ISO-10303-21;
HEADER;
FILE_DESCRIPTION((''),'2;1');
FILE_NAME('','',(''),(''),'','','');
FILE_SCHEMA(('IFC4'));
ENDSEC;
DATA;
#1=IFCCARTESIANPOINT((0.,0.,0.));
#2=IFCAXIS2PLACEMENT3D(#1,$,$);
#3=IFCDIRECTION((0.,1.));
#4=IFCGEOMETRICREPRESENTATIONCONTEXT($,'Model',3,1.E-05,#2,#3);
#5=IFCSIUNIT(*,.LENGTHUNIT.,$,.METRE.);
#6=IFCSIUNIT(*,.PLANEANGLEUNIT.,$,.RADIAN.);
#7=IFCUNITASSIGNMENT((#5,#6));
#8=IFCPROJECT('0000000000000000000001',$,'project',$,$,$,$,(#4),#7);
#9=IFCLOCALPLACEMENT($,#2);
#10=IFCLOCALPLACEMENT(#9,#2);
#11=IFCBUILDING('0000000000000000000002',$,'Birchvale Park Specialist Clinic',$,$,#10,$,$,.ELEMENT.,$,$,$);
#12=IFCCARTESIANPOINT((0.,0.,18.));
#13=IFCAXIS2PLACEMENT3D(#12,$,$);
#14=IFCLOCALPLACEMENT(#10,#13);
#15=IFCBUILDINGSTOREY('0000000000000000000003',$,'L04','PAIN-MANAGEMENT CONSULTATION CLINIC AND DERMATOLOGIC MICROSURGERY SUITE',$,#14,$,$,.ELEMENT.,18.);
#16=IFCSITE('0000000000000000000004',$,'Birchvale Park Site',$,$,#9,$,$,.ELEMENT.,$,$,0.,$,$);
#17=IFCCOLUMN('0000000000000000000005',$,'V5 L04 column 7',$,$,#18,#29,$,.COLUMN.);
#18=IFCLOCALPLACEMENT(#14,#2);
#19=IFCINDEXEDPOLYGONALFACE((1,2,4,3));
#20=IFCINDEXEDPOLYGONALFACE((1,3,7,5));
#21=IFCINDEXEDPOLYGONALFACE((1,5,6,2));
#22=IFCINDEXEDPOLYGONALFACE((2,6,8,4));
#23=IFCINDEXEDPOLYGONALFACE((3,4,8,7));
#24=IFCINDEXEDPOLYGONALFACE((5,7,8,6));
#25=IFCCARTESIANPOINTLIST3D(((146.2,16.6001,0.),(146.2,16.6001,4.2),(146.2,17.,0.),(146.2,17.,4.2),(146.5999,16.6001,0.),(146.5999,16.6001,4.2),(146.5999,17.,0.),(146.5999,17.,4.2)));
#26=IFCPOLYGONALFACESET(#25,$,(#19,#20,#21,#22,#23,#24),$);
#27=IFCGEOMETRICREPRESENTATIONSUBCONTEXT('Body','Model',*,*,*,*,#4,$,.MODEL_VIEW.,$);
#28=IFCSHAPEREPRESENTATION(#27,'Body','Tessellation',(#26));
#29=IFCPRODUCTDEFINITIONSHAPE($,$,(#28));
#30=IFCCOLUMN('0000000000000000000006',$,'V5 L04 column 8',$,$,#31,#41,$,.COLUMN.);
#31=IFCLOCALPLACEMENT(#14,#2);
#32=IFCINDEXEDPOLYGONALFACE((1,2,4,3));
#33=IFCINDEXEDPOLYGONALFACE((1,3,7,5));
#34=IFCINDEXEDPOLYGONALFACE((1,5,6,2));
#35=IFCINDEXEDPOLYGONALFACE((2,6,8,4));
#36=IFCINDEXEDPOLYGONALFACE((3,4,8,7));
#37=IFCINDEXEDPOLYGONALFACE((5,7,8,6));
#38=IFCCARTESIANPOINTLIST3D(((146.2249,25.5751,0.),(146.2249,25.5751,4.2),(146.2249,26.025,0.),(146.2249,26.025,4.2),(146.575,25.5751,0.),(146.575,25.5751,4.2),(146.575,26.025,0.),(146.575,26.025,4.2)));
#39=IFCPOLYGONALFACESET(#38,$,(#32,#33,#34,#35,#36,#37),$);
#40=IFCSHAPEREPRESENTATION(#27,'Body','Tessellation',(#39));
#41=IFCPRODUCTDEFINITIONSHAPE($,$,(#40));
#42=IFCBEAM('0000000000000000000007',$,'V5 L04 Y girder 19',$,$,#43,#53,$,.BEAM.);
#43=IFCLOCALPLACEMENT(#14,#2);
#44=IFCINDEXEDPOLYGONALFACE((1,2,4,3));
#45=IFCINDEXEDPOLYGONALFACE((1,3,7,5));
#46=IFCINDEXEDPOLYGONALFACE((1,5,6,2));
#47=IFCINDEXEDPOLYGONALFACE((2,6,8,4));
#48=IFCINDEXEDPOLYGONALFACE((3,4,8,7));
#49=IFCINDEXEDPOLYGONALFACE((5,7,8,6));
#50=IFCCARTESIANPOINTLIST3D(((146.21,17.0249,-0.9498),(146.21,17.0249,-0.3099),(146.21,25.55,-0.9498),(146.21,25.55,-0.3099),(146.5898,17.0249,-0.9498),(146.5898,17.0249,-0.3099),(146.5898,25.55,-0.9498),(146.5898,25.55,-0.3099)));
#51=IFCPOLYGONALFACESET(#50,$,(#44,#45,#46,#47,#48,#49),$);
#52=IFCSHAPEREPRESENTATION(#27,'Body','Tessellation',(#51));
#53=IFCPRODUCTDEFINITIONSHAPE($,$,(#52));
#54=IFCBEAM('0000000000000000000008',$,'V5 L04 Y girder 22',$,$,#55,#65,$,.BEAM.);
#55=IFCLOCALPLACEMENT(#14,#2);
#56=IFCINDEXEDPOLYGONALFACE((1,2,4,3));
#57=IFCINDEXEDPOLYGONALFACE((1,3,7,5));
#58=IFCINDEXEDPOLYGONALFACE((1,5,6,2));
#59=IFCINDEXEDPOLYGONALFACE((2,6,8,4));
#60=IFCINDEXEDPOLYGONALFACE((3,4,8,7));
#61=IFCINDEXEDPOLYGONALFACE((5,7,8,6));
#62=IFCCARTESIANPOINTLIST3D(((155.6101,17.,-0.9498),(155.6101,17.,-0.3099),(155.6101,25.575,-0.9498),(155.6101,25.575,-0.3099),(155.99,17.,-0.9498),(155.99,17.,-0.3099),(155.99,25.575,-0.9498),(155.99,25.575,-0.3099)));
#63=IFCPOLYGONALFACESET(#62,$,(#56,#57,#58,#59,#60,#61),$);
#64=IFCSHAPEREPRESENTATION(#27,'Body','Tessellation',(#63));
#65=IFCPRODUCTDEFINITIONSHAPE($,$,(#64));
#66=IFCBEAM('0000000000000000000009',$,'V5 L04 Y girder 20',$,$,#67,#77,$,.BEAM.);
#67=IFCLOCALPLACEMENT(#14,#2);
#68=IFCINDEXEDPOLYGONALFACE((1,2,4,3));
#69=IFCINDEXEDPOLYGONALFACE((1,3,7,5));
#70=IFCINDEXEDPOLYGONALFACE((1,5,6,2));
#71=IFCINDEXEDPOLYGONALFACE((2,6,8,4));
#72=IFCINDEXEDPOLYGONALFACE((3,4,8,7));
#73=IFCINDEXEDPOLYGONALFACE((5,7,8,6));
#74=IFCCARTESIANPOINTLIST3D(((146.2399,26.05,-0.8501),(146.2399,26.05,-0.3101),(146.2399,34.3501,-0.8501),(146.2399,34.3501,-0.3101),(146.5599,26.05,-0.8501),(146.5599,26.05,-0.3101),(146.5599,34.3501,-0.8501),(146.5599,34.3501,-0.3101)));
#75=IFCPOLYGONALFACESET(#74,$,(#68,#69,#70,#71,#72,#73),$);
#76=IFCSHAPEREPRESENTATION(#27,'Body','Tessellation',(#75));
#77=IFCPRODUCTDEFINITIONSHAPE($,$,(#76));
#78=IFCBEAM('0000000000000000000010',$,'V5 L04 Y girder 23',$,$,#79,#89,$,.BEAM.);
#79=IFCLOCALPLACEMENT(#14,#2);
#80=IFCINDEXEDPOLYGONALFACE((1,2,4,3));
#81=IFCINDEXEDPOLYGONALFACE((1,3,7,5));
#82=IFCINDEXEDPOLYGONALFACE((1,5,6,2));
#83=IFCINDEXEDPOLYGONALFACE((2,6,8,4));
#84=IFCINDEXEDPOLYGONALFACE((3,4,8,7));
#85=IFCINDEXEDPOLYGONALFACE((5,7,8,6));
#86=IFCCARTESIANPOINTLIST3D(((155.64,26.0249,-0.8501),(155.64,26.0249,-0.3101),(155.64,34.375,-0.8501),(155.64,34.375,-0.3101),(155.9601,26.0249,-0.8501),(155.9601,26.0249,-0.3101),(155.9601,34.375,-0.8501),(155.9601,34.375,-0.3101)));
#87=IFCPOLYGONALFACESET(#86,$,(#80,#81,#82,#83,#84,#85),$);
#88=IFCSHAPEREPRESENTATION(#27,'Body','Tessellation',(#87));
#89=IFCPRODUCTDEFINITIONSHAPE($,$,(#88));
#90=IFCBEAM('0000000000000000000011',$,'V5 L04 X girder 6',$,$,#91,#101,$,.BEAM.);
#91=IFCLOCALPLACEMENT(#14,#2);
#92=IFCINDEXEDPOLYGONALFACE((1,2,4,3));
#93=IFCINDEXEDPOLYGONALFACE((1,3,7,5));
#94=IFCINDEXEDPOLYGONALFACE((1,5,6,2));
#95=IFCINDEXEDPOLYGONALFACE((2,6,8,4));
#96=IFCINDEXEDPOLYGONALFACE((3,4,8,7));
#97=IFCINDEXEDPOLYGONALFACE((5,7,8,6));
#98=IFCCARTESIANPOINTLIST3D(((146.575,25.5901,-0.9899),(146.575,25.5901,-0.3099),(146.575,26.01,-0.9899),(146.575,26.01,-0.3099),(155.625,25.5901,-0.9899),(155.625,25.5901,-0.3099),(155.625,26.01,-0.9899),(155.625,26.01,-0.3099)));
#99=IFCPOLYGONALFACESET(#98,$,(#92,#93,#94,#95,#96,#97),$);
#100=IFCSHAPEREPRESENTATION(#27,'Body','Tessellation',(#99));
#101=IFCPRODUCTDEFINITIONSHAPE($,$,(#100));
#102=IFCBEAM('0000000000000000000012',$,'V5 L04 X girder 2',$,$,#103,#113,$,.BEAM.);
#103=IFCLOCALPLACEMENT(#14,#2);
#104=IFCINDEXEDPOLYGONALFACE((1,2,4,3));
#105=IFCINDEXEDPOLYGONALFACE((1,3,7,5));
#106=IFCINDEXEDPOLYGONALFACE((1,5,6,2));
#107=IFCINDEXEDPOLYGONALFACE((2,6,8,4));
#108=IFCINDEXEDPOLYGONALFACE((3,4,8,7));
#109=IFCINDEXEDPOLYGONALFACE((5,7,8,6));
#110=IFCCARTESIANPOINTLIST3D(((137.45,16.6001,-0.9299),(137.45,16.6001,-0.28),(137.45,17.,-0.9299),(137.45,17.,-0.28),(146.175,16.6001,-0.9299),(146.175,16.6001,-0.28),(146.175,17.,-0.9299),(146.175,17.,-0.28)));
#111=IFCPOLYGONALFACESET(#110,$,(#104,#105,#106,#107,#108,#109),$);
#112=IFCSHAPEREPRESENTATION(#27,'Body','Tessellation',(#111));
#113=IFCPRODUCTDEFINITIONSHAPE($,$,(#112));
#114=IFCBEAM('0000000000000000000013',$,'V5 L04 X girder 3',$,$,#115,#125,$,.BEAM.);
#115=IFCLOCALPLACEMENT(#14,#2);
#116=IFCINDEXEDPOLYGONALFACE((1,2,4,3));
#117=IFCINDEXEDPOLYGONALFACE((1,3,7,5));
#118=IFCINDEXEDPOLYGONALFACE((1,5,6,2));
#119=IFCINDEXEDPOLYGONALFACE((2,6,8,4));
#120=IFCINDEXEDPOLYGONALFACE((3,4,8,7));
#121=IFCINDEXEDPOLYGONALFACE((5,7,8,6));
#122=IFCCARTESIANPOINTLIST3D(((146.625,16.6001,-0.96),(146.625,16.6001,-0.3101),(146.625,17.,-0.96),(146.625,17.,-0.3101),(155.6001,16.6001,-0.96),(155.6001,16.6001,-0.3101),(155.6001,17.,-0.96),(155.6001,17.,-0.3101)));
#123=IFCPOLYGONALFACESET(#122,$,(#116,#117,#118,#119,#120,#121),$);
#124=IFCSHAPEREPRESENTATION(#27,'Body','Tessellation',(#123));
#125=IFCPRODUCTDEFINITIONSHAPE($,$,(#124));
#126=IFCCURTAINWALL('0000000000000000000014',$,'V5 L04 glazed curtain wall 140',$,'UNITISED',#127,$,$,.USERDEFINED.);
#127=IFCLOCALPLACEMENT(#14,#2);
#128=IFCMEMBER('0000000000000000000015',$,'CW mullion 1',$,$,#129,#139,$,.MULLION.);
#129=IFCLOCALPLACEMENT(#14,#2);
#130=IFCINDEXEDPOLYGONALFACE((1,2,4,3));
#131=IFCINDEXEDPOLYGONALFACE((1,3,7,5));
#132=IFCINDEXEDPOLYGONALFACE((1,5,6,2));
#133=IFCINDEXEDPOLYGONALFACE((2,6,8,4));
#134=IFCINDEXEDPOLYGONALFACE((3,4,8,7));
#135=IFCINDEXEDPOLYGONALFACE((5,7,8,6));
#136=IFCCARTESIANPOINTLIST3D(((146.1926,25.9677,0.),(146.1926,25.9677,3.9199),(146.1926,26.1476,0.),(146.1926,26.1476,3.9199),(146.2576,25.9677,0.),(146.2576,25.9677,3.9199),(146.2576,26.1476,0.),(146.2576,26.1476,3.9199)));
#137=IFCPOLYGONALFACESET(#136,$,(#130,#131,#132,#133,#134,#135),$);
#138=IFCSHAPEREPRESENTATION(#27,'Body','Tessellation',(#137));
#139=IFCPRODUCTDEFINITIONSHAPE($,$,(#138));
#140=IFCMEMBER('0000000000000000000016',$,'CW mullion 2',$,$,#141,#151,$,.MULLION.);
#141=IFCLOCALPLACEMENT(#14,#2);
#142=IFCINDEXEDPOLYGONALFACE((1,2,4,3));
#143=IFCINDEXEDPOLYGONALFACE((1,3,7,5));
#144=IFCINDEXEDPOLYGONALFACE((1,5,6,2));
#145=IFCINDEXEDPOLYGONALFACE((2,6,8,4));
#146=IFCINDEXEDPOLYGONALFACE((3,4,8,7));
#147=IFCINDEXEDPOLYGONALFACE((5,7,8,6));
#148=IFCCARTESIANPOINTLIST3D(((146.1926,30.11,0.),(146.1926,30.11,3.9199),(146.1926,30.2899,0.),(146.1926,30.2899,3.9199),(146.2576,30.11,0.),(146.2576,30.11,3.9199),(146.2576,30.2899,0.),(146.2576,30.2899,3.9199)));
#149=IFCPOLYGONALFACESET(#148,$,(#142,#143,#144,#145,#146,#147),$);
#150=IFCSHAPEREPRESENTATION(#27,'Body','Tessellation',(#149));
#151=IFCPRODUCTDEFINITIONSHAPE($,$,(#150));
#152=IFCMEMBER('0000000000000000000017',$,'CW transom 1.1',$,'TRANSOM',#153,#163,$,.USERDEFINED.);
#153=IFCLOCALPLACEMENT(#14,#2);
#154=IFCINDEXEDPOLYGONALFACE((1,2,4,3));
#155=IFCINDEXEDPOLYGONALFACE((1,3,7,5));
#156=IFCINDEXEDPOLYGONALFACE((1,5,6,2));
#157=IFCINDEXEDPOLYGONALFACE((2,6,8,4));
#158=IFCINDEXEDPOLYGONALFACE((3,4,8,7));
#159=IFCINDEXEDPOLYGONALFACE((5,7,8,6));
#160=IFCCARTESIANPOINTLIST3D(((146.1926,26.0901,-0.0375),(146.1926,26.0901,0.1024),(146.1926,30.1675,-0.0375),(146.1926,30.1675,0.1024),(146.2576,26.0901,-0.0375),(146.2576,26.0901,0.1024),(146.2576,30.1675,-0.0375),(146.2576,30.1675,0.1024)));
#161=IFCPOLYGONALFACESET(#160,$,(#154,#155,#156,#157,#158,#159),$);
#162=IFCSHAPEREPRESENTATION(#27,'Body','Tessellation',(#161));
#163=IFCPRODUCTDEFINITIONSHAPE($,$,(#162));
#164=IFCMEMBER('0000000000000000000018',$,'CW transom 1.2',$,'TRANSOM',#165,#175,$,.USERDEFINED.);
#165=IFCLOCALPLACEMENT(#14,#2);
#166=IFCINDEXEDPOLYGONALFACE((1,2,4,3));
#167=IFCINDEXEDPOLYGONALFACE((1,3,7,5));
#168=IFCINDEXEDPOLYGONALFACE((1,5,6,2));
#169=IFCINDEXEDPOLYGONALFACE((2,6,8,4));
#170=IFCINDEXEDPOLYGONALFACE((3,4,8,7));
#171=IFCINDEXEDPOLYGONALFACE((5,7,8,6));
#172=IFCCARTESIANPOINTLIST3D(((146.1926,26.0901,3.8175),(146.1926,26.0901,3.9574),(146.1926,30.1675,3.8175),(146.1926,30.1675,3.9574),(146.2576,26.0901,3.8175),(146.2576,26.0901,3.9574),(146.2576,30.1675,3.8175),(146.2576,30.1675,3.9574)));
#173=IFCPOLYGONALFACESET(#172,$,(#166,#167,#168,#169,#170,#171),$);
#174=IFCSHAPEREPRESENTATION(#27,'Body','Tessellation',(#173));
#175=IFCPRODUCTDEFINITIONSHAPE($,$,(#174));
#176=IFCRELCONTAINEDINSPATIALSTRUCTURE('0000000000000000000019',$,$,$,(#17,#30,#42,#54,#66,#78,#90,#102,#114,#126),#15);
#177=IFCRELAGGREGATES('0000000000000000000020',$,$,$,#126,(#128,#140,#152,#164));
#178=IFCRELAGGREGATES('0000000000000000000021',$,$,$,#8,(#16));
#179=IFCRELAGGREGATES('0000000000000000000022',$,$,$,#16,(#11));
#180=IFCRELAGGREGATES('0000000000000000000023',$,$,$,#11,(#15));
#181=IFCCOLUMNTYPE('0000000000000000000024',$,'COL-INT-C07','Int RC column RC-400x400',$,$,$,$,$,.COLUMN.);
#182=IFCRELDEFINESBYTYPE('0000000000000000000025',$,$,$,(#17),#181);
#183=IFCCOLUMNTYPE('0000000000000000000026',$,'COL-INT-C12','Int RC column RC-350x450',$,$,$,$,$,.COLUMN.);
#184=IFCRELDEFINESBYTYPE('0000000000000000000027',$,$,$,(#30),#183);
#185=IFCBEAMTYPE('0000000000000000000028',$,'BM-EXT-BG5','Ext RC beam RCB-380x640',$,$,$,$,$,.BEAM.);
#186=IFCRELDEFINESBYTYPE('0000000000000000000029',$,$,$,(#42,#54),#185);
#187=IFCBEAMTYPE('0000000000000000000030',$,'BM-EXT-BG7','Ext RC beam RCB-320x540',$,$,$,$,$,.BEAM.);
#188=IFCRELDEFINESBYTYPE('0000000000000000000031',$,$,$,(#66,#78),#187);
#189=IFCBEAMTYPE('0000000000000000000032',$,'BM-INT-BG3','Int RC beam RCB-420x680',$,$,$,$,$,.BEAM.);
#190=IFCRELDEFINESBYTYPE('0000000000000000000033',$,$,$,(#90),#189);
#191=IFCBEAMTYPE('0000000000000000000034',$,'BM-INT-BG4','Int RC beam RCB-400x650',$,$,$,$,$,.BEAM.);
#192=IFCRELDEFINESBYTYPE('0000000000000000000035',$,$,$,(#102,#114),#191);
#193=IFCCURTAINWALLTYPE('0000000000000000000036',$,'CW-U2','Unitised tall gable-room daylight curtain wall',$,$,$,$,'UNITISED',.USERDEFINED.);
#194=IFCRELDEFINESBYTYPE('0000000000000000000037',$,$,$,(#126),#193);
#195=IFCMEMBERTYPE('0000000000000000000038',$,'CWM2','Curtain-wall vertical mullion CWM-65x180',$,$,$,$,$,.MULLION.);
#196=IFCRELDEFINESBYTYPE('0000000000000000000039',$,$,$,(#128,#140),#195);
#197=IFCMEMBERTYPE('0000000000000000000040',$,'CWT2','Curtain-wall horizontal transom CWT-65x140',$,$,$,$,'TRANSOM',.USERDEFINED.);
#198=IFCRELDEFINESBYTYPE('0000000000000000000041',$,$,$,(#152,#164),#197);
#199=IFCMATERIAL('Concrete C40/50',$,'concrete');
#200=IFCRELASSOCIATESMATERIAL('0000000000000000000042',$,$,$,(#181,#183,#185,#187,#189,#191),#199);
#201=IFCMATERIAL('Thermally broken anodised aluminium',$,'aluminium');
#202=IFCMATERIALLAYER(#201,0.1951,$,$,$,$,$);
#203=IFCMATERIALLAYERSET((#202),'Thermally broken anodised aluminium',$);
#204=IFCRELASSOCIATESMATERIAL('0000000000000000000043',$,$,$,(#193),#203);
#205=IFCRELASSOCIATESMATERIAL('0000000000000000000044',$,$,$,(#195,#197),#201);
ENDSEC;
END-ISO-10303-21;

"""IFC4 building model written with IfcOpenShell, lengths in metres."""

from ifc_helpers import new_model, si_unit, direction, frame, origin, origin_2d, place, context, subcontext, project, spatial, rectangle, extrude, material, layer, layer_set, material_profile, profile_set, type_object, element, aggregate, save


model = new_model("IFC4")

# Units and contexts
model_context = context("Model", 3, precision=1e-05, world=origin(), true_north=direction((0.0, 1.0)))
body_context = subcontext(model_context, "Body", "Model", "MODEL_VIEW")
ifc_project = project(units=[si_unit("LENGTHUNIT", "METRE"), si_unit("PLANEANGLEUNIT", "RADIAN")], contexts=[model_context])

# Site, building, storey
site_placement = place(None, origin())
site = spatial("IfcSite", under=ifc_project, at=site_placement, Name="Birchvale Park Site", CompositionType="ELEMENT", RefElevation=0.0)
building_placement = place(site_placement, origin())
building = spatial("IfcBuilding", under=site, at=building_placement, Name="Birchvale Park Specialist Clinic", CompositionType="ELEMENT")
storey_placement = place(building_placement, frame((0.0, 0.0, 18.0)))
storey = spatial("IfcBuildingStorey", under=building, at=storey_placement, Name="L04", Description="PAIN-MANAGEMENT CONSULTATION CLINIC AND DERMATOLOGIC MICROSURGERY SUITE", CompositionType="ELEMENT", Elevation=18.0)

# Columns
ifc_material_1 = material(Name="Concrete C40/50", Category="concrete")
ifc_material_profile_1 = material_profile(ifc_material_1, rectangle(XDim=0.3999, YDim=0.3999, at=origin_2d()), Name="RC-400x400")
ifc_profile_set_1 = profile_set([ifc_material_profile_1], Name="Concrete C40/50")
column_type_1 = type_object("IfcColumnType", Name="COL-INT-C07", Description="Int RC column RC-400x400", PredefinedType="COLUMN", material=ifc_profile_set_1)
column_1_placement = place(storey_placement, frame((146.3999, 16.8, 0.0), z_axis=(0.0, 0.0, 1.0), x_axis=(1.0, 0.0, 0.0)))
element("IfcColumn", 1, at=column_1_placement, inside=storey, type_object=column_type_1, Name="V5 L04 column 7", PredefinedType="COLUMN", context=body_context, shape_type="SweptSolid", body=[
    extrude(rectangle(XDim=0.3999, YDim=0.3999, at=origin_2d()), origin(), (0.0, 0.0, 1.0), 4.2),
])
ifc_material_profile_2 = material_profile(ifc_material_1, rectangle(XDim=0.3501, YDim=0.45, at=origin_2d()), Name="RC-350x450")
ifc_profile_set_2 = profile_set([ifc_material_profile_2], Name="Concrete C40/50")
column_type_2 = type_object("IfcColumnType", Name="COL-INT-C12", Description="Int RC column RC-350x450", PredefinedType="COLUMN", material=ifc_profile_set_2)
column_2_placement = place(storey_placement, frame((146.3999, 25.8, 0.0), z_axis=(0.0, 0.0, 1.0), x_axis=(1.0, 0.0, 0.0)))
element("IfcColumn", 2, at=column_2_placement, inside=storey, type_object=column_type_2, Name="V5 L04 column 8", PredefinedType="COLUMN", context=body_context, shape_type="SweptSolid", body=[
    extrude(rectangle(XDim=0.3501, YDim=0.45, at=origin_2d()), origin(), (0.0, 0.0, 1.0), 4.2),
])

# Beams
ifc_material_profile_3 = material_profile(ifc_material_1, rectangle(XDim=0.3799, YDim=0.6399, at=origin_2d()), Name="RCB-380x640")
ifc_profile_set_3 = profile_set([ifc_material_profile_3], Name="Concrete C40/50")
beam_type_1 = type_object("IfcBeamType", Name="BM-EXT-BG5", Description="Ext RC beam RCB-380x640", PredefinedType="BEAM", material=ifc_profile_set_3)
beam_1_placement = place(storey_placement, frame((146.3999, 17.0249, -0.6299), z_axis=(0.0, 1.0, 0.0), x_axis=(-1.0, 0.0, 0.0)))
element("IfcBeam", 3, at=beam_1_placement, inside=storey, type_object=beam_type_1, Name="V5 L04 Y girder 19", PredefinedType="BEAM", context=body_context, shape_type="SweptSolid", body=[
    extrude(rectangle(XDim=0.3799, YDim=0.6399, at=origin_2d()), origin(), (0.0, 0.0, 1.0), 8.5251),
])
beam_2_placement = place(storey_placement, frame((155.8, 17.0, -0.6299), z_axis=(0.0, 1.0, 0.0), x_axis=(-1.0, 0.0, 0.0)))
element("IfcBeam", 4, at=beam_2_placement, inside=storey, type_object=beam_type_1, Name="V5 L04 Y girder 22", PredefinedType="BEAM", context=body_context, shape_type="SweptSolid", body=[
    extrude(rectangle(XDim=0.3799, YDim=0.6399, at=origin_2d()), origin(), (0.0, 0.0, 1.0), 8.575),
])
ifc_material_profile_4 = material_profile(ifc_material_1, rectangle(XDim=0.3201, YDim=0.54, at=origin_2d()), Name="RCB-320x540")
ifc_profile_set_4 = profile_set([ifc_material_profile_4], Name="Concrete C40/50")
beam_type_2 = type_object("IfcBeamType", Name="BM-EXT-BG7", Description="Ext RC beam RCB-320x540", PredefinedType="BEAM", material=ifc_profile_set_4)
beam_3_placement = place(storey_placement, frame((146.3999, 26.05, -0.5801), z_axis=(0.0, 1.0, 0.0), x_axis=(-1.0, 0.0, 0.0)))
element("IfcBeam", 5, at=beam_3_placement, inside=storey, type_object=beam_type_2, Name="V5 L04 Y girder 20", PredefinedType="BEAM", context=body_context, shape_type="SweptSolid", body=[
    extrude(rectangle(XDim=0.3201, YDim=0.54, at=origin_2d()), origin(), (0.0, 0.0, 1.0), 8.3),
])
beam_4_placement = place(storey_placement, frame((155.8, 26.0249, -0.5801), z_axis=(0.0, 1.0, 0.0), x_axis=(-1.0, 0.0, 0.0)))
element("IfcBeam", 6, at=beam_4_placement, inside=storey, type_object=beam_type_2, Name="V5 L04 Y girder 23", PredefinedType="BEAM", context=body_context, shape_type="SweptSolid", body=[
    extrude(rectangle(XDim=0.3201, YDim=0.54, at=origin_2d()), origin(), (0.0, 0.0, 1.0), 8.3501),
])
ifc_material_profile_5 = material_profile(ifc_material_1, rectangle(XDim=0.4199, YDim=0.6799, at=origin_2d()), Name="RCB-420x680")
ifc_profile_set_5 = profile_set([ifc_material_profile_5], Name="Concrete C40/50")
beam_type_3 = type_object("IfcBeamType", Name="BM-INT-BG3", Description="Int RC beam RCB-420x680", PredefinedType="BEAM", material=ifc_profile_set_5)
beam_5_placement = place(storey_placement, frame((146.575, 25.8, -0.6499), z_axis=(1.0, 0.0, 0.0), x_axis=(0.0, 1.0, 0.0)))
element("IfcBeam", 7, at=beam_5_placement, inside=storey, type_object=beam_type_3, Name="V5 L04 X girder 6", PredefinedType="BEAM", context=body_context, shape_type="SweptSolid", body=[
    extrude(rectangle(XDim=0.4199, YDim=0.6799, at=origin_2d()), origin(), (0.0, 0.0, 1.0), 9.05),
])
ifc_material_profile_6 = material_profile(ifc_material_1, rectangle(XDim=0.3999, YDim=0.6499, at=origin_2d()), Name="RCB-400x650")
ifc_profile_set_6 = profile_set([ifc_material_profile_6], Name="Concrete C40/50")
beam_type_4 = type_object("IfcBeamType", Name="BM-INT-BG4", Description="Int RC beam RCB-400x650", PredefinedType="BEAM", material=ifc_profile_set_6)
beam_6_placement = place(storey_placement, frame((137.45, 16.8, -0.605), z_axis=(1.0, 0.0, 0.0), x_axis=(0.0, 1.0, 0.0)))
element("IfcBeam", 8, at=beam_6_placement, inside=storey, type_object=beam_type_4, Name="V5 L04 X girder 2", PredefinedType="BEAM", context=body_context, shape_type="SweptSolid", body=[
    extrude(rectangle(XDim=0.3999, YDim=0.6499, at=origin_2d()), origin(), (0.0, 0.0, 1.0), 8.7251),
])
beam_7_placement = place(storey_placement, frame((146.625, 16.8, -0.635), z_axis=(1.0, 0.0, 0.0), x_axis=(0.0, 1.0, 0.0)))
element("IfcBeam", 9, at=beam_7_placement, inside=storey, type_object=beam_type_4, Name="V5 L04 X girder 3", PredefinedType="BEAM", context=body_context, shape_type="SweptSolid", body=[
    extrude(rectangle(XDim=0.3999, YDim=0.6499, at=origin_2d()), origin(), (0.0, 0.0, 1.0), 8.9751),
])

# Curtain wall, members
ifc_material_2 = material(Name="Thermally broken anodised aluminium", Category="aluminium")
ifc_layer_1 = layer(ifc_material_2, 0.1951)
ifc_layer_set_1 = layer_set([ifc_layer_1], Name="Thermally broken anodised aluminium")
curtain_wall_type = type_object("IfcCurtainWallType", Name="CW-U2", Description="Unitised tall gable-room daylight curtain wall", ElementType="UNITISED", PredefinedType="USERDEFINED", material=ifc_layer_set_1)
curtain_wall_placement = place(storey_placement, origin())
curtain_wall = element("IfcCurtainWall", 10, at=curtain_wall_placement, inside=storey, type_object=curtain_wall_type, Name="V5 L04 glazed curtain wall 140", ObjectType="UNITISED", PredefinedType="USERDEFINED")
ifc_material_profile_7 = material_profile(ifc_material_2, rectangle(XDim=0.0649, YDim=0.1799, at=origin_2d()), Name="CWM-65x180")
ifc_profile_set_7 = profile_set([ifc_material_profile_7], Name="Thermally broken anodised aluminium")
member_type_1 = type_object("IfcMemberType", Name="CWM2", Description="Curtain-wall vertical mullion CWM-65x180", PredefinedType="MULLION", material=ifc_profile_set_7)
member_1_placement = place(storey_placement, frame((146.2251, 26.0576, 0.0), z_axis=(0.0, 0.0, 1.0), x_axis=(-1.0, 0.0, 0.0)))
member_1 = element("IfcMember", 11, at=member_1_placement, type_object=member_type_1, Name="CW mullion 1", PredefinedType="MULLION", context=body_context, shape_type="SweptSolid", body=[
    extrude(rectangle(XDim=0.0649, YDim=0.1799, at=origin_2d()), origin(), (0.0, 0.0, 1.0), 3.9199),
])
member_2_placement = place(storey_placement, frame((146.2251, 30.2, 0.0), z_axis=(0.0, 0.0, 1.0), x_axis=(-1.0, 0.0, 0.0)))
member_2 = element("IfcMember", 12, at=member_2_placement, type_object=member_type_1, Name="CW mullion 2", PredefinedType="MULLION", context=body_context, shape_type="SweptSolid", body=[
    extrude(rectangle(XDim=0.0649, YDim=0.1799, at=origin_2d()), origin(), (0.0, 0.0, 1.0), 3.9199),
])
ifc_material_profile_8 = material_profile(ifc_material_2, rectangle(XDim=0.0649, YDim=0.1399, at=origin_2d()), Name="CWT-65x140")
ifc_profile_set_8 = profile_set([ifc_material_profile_8], Name="Thermally broken anodised aluminium")
member_type_2 = type_object("IfcMemberType", Name="CWT2", Description="Curtain-wall horizontal transom CWT-65x140", ElementType="TRANSOM", PredefinedType="USERDEFINED", material=ifc_profile_set_8)
member_3_placement = place(storey_placement, frame((146.2251, 26.0901, 0.0325), z_axis=(0.0, 1.0, 0.0), x_axis=(-1.0, 0.0, 0.0)))
member_3 = element("IfcMember", 13, at=member_3_placement, type_object=member_type_2, Name="CW transom 1.1", ObjectType="TRANSOM", PredefinedType="USERDEFINED", context=body_context, shape_type="SweptSolid", body=[
    extrude(rectangle(XDim=0.0649, YDim=0.1399, at=origin_2d()), origin(), (0.0, 0.0, 1.0), 4.0774),
])
member_4_placement = place(storey_placement, frame((146.2251, 26.0901, 3.8875), z_axis=(0.0, 1.0, 0.0), x_axis=(-1.0, 0.0, 0.0)))
member_4 = element("IfcMember", 14, at=member_4_placement, type_object=member_type_2, Name="CW transom 1.2", ObjectType="TRANSOM", PredefinedType="USERDEFINED", context=body_context, shape_type="SweptSolid", body=[
    extrude(rectangle(XDim=0.0649, YDim=0.1399, at=origin_2d()), origin(), (0.0, 0.0, 1.0), 4.0774),
])

aggregate(curtain_wall, [member_1, member_2, member_3, member_4])

save(model, "model.ifc")
